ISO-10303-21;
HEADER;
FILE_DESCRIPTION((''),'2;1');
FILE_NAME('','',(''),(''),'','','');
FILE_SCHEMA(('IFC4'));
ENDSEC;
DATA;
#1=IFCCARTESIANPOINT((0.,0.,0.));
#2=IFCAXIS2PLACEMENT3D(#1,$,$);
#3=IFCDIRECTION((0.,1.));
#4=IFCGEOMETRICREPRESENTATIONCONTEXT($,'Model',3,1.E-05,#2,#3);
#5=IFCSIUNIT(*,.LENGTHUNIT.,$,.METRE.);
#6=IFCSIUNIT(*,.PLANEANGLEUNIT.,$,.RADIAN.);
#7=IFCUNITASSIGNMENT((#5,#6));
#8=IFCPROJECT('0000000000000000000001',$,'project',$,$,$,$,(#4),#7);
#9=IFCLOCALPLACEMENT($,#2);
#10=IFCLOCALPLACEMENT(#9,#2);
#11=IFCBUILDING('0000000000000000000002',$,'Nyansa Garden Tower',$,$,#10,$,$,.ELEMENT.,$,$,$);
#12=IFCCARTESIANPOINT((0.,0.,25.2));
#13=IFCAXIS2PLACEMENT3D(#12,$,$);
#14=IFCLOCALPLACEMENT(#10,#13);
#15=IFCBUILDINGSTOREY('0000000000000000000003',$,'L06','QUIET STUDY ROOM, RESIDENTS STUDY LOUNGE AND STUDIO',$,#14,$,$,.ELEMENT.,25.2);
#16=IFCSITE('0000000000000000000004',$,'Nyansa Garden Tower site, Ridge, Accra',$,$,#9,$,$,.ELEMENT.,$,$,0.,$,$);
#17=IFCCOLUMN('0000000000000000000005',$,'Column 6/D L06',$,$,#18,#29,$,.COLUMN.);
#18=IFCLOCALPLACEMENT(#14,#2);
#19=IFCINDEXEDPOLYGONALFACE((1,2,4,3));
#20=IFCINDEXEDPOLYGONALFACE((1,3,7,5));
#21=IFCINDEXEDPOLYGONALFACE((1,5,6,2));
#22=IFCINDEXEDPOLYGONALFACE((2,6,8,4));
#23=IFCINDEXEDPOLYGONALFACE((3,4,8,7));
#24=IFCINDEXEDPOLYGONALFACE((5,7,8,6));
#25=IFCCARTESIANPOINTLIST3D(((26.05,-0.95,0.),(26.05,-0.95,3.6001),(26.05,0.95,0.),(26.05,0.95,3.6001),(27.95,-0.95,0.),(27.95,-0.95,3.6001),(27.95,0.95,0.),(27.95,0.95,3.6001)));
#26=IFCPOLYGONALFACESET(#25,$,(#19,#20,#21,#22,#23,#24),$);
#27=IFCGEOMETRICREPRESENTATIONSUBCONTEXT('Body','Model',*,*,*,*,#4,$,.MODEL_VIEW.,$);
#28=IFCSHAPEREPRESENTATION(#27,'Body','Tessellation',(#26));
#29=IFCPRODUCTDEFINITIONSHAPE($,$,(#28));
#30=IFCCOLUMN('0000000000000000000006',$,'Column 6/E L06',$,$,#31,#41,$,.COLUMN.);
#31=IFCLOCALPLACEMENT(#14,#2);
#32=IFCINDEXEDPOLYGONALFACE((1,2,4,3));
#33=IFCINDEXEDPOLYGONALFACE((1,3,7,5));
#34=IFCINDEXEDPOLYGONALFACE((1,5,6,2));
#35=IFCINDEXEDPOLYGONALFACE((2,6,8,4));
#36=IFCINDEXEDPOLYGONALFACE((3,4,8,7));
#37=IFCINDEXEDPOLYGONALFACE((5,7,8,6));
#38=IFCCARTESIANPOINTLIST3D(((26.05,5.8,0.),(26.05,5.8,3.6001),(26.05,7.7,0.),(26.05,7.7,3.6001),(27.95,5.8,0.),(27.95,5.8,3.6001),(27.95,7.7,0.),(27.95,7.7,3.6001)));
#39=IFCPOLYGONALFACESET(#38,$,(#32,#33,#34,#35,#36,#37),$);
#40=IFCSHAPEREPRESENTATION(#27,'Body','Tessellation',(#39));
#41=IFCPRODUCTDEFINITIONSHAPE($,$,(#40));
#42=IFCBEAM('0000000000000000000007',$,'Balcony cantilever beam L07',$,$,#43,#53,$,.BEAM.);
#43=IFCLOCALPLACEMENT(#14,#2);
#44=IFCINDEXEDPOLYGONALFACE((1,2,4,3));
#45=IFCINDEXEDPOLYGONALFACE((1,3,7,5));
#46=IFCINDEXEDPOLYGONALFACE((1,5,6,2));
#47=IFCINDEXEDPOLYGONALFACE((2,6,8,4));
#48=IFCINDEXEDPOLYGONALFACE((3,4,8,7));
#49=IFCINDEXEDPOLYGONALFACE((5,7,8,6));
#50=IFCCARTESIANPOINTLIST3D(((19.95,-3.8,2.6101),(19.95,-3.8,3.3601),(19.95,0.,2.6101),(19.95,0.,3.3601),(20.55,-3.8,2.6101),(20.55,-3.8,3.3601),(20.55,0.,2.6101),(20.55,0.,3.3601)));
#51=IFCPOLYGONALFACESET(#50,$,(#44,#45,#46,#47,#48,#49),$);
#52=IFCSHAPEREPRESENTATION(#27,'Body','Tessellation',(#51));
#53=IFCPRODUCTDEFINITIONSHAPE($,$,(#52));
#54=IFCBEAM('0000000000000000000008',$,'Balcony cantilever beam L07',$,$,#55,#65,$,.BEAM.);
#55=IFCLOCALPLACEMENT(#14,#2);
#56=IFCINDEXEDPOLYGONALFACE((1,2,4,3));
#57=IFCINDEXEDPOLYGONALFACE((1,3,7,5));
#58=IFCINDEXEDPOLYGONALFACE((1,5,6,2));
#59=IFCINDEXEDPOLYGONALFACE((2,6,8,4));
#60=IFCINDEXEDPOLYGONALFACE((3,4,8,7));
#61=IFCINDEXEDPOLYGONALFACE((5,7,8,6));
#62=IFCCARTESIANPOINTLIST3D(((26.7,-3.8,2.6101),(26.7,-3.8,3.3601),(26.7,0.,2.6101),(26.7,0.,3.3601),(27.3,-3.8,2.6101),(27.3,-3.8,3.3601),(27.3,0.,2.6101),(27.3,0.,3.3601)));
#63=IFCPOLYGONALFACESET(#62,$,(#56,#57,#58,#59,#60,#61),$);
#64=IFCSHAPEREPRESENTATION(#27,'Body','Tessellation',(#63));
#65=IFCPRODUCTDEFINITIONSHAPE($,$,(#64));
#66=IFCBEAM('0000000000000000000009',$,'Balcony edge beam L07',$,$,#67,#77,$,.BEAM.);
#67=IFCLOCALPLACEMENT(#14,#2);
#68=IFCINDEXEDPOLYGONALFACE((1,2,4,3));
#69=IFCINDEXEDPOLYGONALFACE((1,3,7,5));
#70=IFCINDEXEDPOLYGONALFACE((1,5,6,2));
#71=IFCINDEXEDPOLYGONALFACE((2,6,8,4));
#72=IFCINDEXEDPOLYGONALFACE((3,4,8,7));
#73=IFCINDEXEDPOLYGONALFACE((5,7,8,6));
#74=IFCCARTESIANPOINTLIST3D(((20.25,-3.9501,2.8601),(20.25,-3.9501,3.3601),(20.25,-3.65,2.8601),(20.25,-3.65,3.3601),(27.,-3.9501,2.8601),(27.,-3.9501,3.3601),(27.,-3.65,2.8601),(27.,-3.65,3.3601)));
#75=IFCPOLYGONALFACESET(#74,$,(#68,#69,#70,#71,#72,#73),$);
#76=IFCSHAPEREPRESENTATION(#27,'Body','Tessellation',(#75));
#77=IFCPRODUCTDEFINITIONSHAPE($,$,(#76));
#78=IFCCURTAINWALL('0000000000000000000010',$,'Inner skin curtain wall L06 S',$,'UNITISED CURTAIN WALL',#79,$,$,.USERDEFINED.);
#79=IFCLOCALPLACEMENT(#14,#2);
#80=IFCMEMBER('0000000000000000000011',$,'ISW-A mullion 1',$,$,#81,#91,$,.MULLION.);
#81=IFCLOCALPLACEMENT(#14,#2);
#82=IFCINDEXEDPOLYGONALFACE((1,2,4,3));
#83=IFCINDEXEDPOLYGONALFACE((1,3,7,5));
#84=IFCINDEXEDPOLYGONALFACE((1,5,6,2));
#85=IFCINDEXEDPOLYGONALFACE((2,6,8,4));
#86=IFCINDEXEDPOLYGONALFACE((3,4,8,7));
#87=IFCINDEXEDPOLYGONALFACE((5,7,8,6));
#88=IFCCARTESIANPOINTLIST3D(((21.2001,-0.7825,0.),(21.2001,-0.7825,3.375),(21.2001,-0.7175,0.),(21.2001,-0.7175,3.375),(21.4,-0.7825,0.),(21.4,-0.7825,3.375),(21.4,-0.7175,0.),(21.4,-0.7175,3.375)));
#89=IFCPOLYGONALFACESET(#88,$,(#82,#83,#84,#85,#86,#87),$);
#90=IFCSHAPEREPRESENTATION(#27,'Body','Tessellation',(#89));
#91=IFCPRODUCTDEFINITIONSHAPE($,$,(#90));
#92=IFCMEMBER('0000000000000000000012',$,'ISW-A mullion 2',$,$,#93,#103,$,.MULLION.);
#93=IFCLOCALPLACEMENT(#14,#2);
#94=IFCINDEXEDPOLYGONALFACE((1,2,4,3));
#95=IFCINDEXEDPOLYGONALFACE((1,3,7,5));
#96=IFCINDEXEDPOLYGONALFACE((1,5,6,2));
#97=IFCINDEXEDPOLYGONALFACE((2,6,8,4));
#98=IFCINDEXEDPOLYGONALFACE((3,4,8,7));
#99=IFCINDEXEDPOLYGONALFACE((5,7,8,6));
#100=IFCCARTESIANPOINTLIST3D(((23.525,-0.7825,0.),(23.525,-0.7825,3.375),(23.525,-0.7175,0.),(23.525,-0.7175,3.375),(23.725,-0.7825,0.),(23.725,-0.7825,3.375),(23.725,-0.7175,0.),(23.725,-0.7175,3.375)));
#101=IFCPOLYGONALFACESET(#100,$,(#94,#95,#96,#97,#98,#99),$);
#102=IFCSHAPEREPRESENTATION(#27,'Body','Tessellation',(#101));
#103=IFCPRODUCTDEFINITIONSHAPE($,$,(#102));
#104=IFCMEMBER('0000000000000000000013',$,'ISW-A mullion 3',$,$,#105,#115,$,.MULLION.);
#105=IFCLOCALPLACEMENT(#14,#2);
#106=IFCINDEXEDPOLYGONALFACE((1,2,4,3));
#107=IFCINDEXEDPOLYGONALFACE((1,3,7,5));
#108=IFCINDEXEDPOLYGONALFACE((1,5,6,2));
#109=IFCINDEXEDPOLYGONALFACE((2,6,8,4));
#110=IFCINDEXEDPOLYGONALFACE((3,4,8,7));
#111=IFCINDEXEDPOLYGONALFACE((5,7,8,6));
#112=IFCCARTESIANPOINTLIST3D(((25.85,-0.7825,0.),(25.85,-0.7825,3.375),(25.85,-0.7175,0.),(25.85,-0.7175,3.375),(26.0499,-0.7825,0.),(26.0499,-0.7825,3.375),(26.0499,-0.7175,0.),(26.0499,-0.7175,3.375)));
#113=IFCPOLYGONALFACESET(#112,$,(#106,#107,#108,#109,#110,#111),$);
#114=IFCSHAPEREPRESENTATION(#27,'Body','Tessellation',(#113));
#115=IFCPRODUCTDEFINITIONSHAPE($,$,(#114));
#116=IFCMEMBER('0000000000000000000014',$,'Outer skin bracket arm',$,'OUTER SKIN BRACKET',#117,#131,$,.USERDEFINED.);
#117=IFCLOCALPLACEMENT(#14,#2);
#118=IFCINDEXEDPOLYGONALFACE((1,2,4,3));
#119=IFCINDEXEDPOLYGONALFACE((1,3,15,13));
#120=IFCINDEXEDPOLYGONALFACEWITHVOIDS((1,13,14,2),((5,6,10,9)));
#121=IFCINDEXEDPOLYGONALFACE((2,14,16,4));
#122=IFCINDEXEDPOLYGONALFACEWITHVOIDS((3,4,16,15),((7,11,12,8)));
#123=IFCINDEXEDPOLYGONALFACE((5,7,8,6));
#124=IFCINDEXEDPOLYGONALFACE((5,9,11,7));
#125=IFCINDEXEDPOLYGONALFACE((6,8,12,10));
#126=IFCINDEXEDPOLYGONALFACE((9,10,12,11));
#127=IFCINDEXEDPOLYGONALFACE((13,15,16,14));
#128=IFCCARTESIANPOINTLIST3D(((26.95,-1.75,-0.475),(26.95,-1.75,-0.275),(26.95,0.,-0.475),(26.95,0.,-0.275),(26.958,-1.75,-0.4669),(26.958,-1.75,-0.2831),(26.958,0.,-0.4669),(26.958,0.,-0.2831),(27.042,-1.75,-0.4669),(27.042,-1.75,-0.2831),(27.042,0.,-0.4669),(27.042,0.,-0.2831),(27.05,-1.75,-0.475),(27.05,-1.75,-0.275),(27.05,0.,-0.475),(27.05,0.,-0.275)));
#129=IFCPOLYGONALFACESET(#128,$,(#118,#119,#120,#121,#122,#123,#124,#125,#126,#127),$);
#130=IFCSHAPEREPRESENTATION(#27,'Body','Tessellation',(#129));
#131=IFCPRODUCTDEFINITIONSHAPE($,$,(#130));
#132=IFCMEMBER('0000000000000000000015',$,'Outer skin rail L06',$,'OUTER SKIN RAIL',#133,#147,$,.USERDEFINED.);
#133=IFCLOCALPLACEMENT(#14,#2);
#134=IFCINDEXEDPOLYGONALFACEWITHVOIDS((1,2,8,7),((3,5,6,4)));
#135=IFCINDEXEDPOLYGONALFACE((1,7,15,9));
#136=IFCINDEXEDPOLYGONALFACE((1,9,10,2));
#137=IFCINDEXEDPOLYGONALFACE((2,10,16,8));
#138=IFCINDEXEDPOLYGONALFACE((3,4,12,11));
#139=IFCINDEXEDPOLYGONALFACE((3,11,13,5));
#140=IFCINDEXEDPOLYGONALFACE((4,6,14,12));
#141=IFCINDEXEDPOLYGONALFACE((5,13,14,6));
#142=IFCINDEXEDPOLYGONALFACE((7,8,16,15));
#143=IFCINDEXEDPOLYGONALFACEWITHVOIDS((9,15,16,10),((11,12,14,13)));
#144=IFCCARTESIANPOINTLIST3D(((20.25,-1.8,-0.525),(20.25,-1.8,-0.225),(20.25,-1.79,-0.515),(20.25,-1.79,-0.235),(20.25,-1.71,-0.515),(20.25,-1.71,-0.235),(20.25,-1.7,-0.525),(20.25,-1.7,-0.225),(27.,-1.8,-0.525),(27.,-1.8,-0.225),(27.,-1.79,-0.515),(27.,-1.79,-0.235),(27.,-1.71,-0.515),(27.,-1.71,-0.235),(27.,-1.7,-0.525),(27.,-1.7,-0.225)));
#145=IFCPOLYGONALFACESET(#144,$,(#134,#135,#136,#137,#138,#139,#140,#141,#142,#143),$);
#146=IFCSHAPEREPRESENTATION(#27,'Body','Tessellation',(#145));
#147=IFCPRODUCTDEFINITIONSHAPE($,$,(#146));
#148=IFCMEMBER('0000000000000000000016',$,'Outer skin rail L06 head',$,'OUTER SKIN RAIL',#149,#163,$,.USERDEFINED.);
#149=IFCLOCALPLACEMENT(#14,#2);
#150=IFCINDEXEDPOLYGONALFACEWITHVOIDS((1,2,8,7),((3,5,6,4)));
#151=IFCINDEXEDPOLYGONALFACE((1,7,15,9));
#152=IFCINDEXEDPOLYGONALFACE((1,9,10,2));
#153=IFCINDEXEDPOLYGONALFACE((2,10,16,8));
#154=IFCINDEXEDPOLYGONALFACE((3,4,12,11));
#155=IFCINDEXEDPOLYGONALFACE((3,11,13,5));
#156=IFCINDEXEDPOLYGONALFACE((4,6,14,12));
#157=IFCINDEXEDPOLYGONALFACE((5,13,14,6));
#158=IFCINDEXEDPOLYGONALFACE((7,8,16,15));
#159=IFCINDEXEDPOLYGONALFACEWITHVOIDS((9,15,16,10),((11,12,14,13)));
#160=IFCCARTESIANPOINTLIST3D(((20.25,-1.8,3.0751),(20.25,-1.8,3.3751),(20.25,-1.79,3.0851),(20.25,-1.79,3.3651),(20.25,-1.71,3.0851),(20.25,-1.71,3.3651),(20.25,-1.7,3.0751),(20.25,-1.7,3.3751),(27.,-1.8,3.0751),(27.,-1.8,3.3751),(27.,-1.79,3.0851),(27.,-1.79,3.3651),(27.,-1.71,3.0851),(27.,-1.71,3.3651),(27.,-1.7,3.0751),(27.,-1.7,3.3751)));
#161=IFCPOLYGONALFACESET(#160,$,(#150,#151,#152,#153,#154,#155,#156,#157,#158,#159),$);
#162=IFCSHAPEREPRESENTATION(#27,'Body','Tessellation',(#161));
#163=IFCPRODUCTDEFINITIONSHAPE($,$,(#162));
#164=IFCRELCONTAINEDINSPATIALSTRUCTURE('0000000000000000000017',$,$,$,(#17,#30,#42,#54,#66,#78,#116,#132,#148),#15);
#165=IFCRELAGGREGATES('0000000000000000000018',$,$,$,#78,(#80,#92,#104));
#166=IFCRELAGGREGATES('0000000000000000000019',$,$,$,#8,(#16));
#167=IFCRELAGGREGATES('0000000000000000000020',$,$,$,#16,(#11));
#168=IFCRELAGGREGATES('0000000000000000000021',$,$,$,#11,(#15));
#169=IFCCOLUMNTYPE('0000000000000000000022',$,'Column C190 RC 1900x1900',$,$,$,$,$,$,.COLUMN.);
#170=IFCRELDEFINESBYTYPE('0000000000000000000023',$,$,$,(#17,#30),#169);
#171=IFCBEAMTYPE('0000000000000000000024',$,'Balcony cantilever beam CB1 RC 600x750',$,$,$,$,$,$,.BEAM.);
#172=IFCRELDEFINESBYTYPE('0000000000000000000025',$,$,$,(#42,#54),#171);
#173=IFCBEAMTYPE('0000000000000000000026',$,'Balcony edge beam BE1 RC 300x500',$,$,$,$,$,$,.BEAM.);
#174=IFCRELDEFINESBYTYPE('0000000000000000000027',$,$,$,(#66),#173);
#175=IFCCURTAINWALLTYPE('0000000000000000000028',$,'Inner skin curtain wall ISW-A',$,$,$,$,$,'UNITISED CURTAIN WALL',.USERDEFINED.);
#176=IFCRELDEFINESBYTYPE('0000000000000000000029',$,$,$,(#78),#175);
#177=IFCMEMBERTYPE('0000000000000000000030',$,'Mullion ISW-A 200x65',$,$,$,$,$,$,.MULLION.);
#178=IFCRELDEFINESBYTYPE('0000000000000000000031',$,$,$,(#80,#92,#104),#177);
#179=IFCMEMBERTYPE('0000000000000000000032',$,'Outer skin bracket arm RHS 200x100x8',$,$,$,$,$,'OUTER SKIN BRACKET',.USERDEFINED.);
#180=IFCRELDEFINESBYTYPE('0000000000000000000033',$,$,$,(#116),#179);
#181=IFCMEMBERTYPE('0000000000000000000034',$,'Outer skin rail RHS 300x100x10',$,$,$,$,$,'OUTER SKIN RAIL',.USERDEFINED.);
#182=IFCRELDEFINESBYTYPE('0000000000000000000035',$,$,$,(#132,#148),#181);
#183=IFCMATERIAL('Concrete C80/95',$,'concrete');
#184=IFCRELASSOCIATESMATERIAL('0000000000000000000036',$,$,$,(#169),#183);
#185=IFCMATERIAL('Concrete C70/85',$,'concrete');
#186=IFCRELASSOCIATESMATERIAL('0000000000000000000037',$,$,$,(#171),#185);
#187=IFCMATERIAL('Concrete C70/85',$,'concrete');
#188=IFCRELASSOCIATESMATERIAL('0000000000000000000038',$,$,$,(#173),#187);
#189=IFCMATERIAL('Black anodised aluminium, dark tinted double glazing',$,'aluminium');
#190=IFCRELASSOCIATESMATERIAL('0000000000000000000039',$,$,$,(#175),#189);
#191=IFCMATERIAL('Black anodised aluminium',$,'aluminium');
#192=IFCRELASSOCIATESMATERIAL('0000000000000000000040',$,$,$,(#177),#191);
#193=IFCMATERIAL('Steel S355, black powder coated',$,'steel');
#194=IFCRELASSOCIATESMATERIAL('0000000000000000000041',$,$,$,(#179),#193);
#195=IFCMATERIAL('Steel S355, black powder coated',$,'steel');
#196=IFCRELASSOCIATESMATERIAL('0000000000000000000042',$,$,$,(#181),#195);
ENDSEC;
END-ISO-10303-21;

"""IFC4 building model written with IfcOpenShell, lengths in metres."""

from ifc_helpers import new_model, si_unit, direction, frame, origin, origin_2d, place, context, subcontext, project, spatial, rectangle, hollow_rectangle, extrude, material, material_profile, profile_set, type_object, element, aggregate, save


model = new_model("IFC4")

# Units and contexts
model_context = context("Model", 3, precision=1e-05, world=origin(), true_north=direction((0.0, 1.0)))
body_context = subcontext(model_context, "Body", "Model", "MODEL_VIEW")
ifc_project = project(units=[si_unit("LENGTHUNIT", "METRE"), si_unit("PLANEANGLEUNIT", "RADIAN")], contexts=[model_context])

# Site, building, storey
site_placement = place(None, origin())
site = spatial("IfcSite", under=ifc_project, at=site_placement, Name="Nyansa Garden Tower site, Ridge, Accra", CompositionType="ELEMENT", RefElevation=0.0)
building_placement = place(site_placement, origin())
building = spatial("IfcBuilding", under=site, at=building_placement, Name="Nyansa Garden Tower", CompositionType="ELEMENT")
storey_placement = place(building_placement, frame((0.0, 0.0, 25.2)))
storey = spatial("IfcBuildingStorey", under=building, at=storey_placement, Name="L06", Description="QUIET STUDY ROOM, RESIDENTS STUDY LOUNGE AND STUDIO", CompositionType="ELEMENT", Elevation=25.2)

# Columns
ifc_material_1 = material(Name="Concrete C80/95", Category="concrete")
ifc_material_profile_1 = material_profile(ifc_material_1, rectangle(XDim=1.8999, YDim=1.8999, at=origin_2d()), Name="RC 1900x1900")
ifc_profile_set_1 = profile_set([ifc_material_profile_1], Name="Concrete C80/95")
column_type = type_object("IfcColumnType", Name="Column C190 RC 1900x1900", PredefinedType="COLUMN", material=ifc_profile_set_1)
for number, where, z_axis, x_axis, name in (
    (1, (27.0, 0.0, 0.0), (0.0, 0.0, 1.0), (1.0, 0.0, 0.0), "Column 6/D L06"),
    (2, (27.0, 6.75, 0.0), (0.0, 0.0, 1.0), (1.0, 0.0, 0.0), "Column 6/E L06"),
):
    element("IfcColumn", number, at=place(storey_placement, frame(where, z_axis=z_axis, x_axis=x_axis)), inside=storey, type_object=column_type, Name=name, PredefinedType="COLUMN", context=body_context, shape_type="SweptSolid", body=[
        extrude(rectangle(XDim=1.8999, YDim=1.8999, at=origin_2d()), origin(), (0.0, 0.0, 1.0), 3.6001),
    ])

# Beams
ifc_material_2 = material(Name="Concrete C70/85", Category="concrete")
ifc_material_profile_2 = material_profile(ifc_material_2, rectangle(XDim=0.6001, YDim=0.75, at=origin_2d()), Name="RC 600x750")
ifc_profile_set_2 = profile_set([ifc_material_profile_2], Name="Concrete C70/85")
beam_type_1 = type_object("IfcBeamType", Name="Balcony cantilever beam CB1 RC 600x750", PredefinedType="BEAM", material=ifc_profile_set_2)
for number, where, z_axis, x_axis, name in (
    (3, (20.25, 0.0, 2.9851), (0.0, -1.0, 0.0), (1.0, 0.0, 0.0), "Balcony cantilever beam L07"),
    (4, (27.0, 0.0, 2.9851), (0.0, -1.0, 0.0), (1.0, 0.0, 0.0), "Balcony cantilever beam L07"),
):
    element("IfcBeam", number, at=place(storey_placement, frame(where, z_axis=z_axis, x_axis=x_axis)), inside=storey, type_object=beam_type_1, Name=name, PredefinedType="BEAM", context=body_context, shape_type="SweptSolid", body=[
        extrude(rectangle(XDim=0.6001, YDim=0.75, at=origin_2d()), origin(), (0.0, 0.0, 1.0), 3.8),
    ])
ifc_material_3 = material(Name="Concrete C70/85", Category="concrete")
ifc_material_profile_3 = material_profile(ifc_material_3, rectangle(XDim=0.3, YDim=0.5, at=origin_2d()), Name="RC 300x500")
ifc_profile_set_3 = profile_set([ifc_material_profile_3], Name="Concrete C70/85")
beam_type_2 = type_object("IfcBeamType", Name="Balcony edge beam BE1 RC 300x500", PredefinedType="BEAM", material=ifc_profile_set_3)
beam_1_placement = place(storey_placement, frame((20.25, -3.8, 3.1101), z_axis=(1.0, 0.0, 0.0), x_axis=(0.0, 1.0, 0.0)))
element("IfcBeam", 5, at=beam_1_placement, inside=storey, type_object=beam_type_2, Name="Balcony edge beam L07", PredefinedType="BEAM", context=body_context, shape_type="SweptSolid", body=[
    extrude(rectangle(XDim=0.3, YDim=0.5, at=origin_2d()), origin(), (0.0, 0.0, 1.0), 6.75),
])

# Curtain wall, members
ifc_material_4 = material(Name="Black anodised aluminium, dark tinted double glazing", Category="aluminium")
curtain_wall_type = type_object("IfcCurtainWallType", Name="Inner skin curtain wall ISW-A", ElementType="UNITISED CURTAIN WALL", PredefinedType="USERDEFINED", material=ifc_material_4)
curtain_wall_placement = place(storey_placement, origin())
curtain_wall = element("IfcCurtainWall", 6, at=curtain_wall_placement, inside=storey, type_object=curtain_wall_type, Name="Inner skin curtain wall L06 S", ObjectType="UNITISED CURTAIN WALL", PredefinedType="USERDEFINED")
ifc_material_5 = material(Name="Black anodised aluminium", Category="aluminium")
ifc_material_profile_4 = material_profile(ifc_material_5, rectangle(XDim=0.0649, YDim=0.2, at=origin_2d()), Name="Mullion 200x65")
ifc_profile_set_4 = profile_set([ifc_material_profile_4], Name="Black anodised aluminium")
member_type_1 = type_object("IfcMemberType", Name="Mullion ISW-A 200x65", PredefinedType="MULLION", material=ifc_profile_set_4)
member_1_placement = place(storey_placement, frame((21.3, -0.75, 0.0), z_axis=(0.0, 0.0, 1.0), x_axis=(0.0, 1.0, 0.0)))
member_1 = element("IfcMember", 7, at=member_1_placement, type_object=member_type_1, Name="ISW-A mullion 1", PredefinedType="MULLION", context=body_context, shape_type="SweptSolid", body=[
    extrude(rectangle(XDim=0.0649, YDim=0.2, at=origin_2d()), origin(), (0.0, 0.0, 1.0), 3.375),
])
member_2_placement = place(storey_placement, frame((23.625, -0.75, 0.0), z_axis=(0.0, 0.0, 1.0), x_axis=(0.0, 1.0, 0.0)))
member_2 = element("IfcMember", 8, at=member_2_placement, type_object=member_type_1, Name="ISW-A mullion 2", PredefinedType="MULLION", context=body_context, shape_type="SweptSolid", body=[
    extrude(rectangle(XDim=0.0649, YDim=0.2, at=origin_2d()), origin(), (0.0, 0.0, 1.0), 3.375),
])
member_3_placement = place(storey_placement, frame((25.95, -0.75, 0.0), z_axis=(0.0, 0.0, 1.0), x_axis=(0.0, 1.0, 0.0)))
member_3 = element("IfcMember", 9, at=member_3_placement, type_object=member_type_1, Name="ISW-A mullion 3", PredefinedType="MULLION", context=body_context, shape_type="SweptSolid", body=[
    extrude(rectangle(XDim=0.0649, YDim=0.2, at=origin_2d()), origin(), (0.0, 0.0, 1.0), 3.375),
])

# Members
ifc_material_6 = material(Name="Steel S355, black powder coated", Category="steel")
ifc_material_profile_5 = material_profile(ifc_material_6, hollow_rectangle(XDim=0.1001, YDim=0.2, WallThickness=0.0081, at=origin_2d()), Name="RHS 200x100x8")
ifc_profile_set_5 = profile_set([ifc_material_profile_5], Name="Steel S355, black powder coated")
member_type_2 = type_object("IfcMemberType", Name="Outer skin bracket arm RHS 200x100x8", ElementType="OUTER SKIN BRACKET", PredefinedType="USERDEFINED", material=ifc_profile_set_5)
member_4_placement = place(storey_placement, frame((27.0, 0.0, -0.375), z_axis=(0.0, -1.0, 0.0), x_axis=(1.0, 0.0, 0.0)))
element("IfcMember", 10, at=member_4_placement, inside=storey, type_object=member_type_2, Name="Outer skin bracket arm", ObjectType="OUTER SKIN BRACKET", PredefinedType="USERDEFINED", context=body_context, shape_type="SweptSolid", body=[
    extrude(hollow_rectangle(XDim=0.1001, YDim=0.2, WallThickness=0.0081, at=origin_2d()), origin(), (0.0, 0.0, 1.0), 1.75),
])
ifc_material_7 = material(Name="Steel S355, black powder coated", Category="steel")
ifc_material_profile_6 = material_profile(ifc_material_7, hollow_rectangle(XDim=0.1001, YDim=0.3, WallThickness=0.01, at=origin_2d()), Name="RHS 300x100x10")
ifc_profile_set_6 = profile_set([ifc_material_profile_6], Name="Steel S355, black powder coated")
member_type_3 = type_object("IfcMemberType", Name="Outer skin rail RHS 300x100x10", ElementType="OUTER SKIN RAIL", PredefinedType="USERDEFINED", material=ifc_profile_set_6)
for number, where, z_axis, x_axis, name in (
    (11, (20.25, -1.75, -0.375), (1.0, 0.0, 0.0), (0.0, 1.0, 0.0), "Outer skin rail L06"),
    (12, (20.25, -1.75, 3.2251), (1.0, 0.0, 0.0), (0.0, 1.0, 0.0), "Outer skin rail L06 head"),
):
    element("IfcMember", number, at=place(storey_placement, frame(where, z_axis=z_axis, x_axis=x_axis)), inside=storey, type_object=member_type_3, Name=name, ObjectType="OUTER SKIN RAIL", PredefinedType="USERDEFINED", context=body_context, shape_type="SweptSolid", body=[
        extrude(hollow_rectangle(XDim=0.1001, YDim=0.3, WallThickness=0.01, at=origin_2d()), origin(), (0.0, 0.0, 1.0), 6.75),
    ])

aggregate(curtain_wall, [member_1, member_2, member_3])

save(model, "model.ifc")
